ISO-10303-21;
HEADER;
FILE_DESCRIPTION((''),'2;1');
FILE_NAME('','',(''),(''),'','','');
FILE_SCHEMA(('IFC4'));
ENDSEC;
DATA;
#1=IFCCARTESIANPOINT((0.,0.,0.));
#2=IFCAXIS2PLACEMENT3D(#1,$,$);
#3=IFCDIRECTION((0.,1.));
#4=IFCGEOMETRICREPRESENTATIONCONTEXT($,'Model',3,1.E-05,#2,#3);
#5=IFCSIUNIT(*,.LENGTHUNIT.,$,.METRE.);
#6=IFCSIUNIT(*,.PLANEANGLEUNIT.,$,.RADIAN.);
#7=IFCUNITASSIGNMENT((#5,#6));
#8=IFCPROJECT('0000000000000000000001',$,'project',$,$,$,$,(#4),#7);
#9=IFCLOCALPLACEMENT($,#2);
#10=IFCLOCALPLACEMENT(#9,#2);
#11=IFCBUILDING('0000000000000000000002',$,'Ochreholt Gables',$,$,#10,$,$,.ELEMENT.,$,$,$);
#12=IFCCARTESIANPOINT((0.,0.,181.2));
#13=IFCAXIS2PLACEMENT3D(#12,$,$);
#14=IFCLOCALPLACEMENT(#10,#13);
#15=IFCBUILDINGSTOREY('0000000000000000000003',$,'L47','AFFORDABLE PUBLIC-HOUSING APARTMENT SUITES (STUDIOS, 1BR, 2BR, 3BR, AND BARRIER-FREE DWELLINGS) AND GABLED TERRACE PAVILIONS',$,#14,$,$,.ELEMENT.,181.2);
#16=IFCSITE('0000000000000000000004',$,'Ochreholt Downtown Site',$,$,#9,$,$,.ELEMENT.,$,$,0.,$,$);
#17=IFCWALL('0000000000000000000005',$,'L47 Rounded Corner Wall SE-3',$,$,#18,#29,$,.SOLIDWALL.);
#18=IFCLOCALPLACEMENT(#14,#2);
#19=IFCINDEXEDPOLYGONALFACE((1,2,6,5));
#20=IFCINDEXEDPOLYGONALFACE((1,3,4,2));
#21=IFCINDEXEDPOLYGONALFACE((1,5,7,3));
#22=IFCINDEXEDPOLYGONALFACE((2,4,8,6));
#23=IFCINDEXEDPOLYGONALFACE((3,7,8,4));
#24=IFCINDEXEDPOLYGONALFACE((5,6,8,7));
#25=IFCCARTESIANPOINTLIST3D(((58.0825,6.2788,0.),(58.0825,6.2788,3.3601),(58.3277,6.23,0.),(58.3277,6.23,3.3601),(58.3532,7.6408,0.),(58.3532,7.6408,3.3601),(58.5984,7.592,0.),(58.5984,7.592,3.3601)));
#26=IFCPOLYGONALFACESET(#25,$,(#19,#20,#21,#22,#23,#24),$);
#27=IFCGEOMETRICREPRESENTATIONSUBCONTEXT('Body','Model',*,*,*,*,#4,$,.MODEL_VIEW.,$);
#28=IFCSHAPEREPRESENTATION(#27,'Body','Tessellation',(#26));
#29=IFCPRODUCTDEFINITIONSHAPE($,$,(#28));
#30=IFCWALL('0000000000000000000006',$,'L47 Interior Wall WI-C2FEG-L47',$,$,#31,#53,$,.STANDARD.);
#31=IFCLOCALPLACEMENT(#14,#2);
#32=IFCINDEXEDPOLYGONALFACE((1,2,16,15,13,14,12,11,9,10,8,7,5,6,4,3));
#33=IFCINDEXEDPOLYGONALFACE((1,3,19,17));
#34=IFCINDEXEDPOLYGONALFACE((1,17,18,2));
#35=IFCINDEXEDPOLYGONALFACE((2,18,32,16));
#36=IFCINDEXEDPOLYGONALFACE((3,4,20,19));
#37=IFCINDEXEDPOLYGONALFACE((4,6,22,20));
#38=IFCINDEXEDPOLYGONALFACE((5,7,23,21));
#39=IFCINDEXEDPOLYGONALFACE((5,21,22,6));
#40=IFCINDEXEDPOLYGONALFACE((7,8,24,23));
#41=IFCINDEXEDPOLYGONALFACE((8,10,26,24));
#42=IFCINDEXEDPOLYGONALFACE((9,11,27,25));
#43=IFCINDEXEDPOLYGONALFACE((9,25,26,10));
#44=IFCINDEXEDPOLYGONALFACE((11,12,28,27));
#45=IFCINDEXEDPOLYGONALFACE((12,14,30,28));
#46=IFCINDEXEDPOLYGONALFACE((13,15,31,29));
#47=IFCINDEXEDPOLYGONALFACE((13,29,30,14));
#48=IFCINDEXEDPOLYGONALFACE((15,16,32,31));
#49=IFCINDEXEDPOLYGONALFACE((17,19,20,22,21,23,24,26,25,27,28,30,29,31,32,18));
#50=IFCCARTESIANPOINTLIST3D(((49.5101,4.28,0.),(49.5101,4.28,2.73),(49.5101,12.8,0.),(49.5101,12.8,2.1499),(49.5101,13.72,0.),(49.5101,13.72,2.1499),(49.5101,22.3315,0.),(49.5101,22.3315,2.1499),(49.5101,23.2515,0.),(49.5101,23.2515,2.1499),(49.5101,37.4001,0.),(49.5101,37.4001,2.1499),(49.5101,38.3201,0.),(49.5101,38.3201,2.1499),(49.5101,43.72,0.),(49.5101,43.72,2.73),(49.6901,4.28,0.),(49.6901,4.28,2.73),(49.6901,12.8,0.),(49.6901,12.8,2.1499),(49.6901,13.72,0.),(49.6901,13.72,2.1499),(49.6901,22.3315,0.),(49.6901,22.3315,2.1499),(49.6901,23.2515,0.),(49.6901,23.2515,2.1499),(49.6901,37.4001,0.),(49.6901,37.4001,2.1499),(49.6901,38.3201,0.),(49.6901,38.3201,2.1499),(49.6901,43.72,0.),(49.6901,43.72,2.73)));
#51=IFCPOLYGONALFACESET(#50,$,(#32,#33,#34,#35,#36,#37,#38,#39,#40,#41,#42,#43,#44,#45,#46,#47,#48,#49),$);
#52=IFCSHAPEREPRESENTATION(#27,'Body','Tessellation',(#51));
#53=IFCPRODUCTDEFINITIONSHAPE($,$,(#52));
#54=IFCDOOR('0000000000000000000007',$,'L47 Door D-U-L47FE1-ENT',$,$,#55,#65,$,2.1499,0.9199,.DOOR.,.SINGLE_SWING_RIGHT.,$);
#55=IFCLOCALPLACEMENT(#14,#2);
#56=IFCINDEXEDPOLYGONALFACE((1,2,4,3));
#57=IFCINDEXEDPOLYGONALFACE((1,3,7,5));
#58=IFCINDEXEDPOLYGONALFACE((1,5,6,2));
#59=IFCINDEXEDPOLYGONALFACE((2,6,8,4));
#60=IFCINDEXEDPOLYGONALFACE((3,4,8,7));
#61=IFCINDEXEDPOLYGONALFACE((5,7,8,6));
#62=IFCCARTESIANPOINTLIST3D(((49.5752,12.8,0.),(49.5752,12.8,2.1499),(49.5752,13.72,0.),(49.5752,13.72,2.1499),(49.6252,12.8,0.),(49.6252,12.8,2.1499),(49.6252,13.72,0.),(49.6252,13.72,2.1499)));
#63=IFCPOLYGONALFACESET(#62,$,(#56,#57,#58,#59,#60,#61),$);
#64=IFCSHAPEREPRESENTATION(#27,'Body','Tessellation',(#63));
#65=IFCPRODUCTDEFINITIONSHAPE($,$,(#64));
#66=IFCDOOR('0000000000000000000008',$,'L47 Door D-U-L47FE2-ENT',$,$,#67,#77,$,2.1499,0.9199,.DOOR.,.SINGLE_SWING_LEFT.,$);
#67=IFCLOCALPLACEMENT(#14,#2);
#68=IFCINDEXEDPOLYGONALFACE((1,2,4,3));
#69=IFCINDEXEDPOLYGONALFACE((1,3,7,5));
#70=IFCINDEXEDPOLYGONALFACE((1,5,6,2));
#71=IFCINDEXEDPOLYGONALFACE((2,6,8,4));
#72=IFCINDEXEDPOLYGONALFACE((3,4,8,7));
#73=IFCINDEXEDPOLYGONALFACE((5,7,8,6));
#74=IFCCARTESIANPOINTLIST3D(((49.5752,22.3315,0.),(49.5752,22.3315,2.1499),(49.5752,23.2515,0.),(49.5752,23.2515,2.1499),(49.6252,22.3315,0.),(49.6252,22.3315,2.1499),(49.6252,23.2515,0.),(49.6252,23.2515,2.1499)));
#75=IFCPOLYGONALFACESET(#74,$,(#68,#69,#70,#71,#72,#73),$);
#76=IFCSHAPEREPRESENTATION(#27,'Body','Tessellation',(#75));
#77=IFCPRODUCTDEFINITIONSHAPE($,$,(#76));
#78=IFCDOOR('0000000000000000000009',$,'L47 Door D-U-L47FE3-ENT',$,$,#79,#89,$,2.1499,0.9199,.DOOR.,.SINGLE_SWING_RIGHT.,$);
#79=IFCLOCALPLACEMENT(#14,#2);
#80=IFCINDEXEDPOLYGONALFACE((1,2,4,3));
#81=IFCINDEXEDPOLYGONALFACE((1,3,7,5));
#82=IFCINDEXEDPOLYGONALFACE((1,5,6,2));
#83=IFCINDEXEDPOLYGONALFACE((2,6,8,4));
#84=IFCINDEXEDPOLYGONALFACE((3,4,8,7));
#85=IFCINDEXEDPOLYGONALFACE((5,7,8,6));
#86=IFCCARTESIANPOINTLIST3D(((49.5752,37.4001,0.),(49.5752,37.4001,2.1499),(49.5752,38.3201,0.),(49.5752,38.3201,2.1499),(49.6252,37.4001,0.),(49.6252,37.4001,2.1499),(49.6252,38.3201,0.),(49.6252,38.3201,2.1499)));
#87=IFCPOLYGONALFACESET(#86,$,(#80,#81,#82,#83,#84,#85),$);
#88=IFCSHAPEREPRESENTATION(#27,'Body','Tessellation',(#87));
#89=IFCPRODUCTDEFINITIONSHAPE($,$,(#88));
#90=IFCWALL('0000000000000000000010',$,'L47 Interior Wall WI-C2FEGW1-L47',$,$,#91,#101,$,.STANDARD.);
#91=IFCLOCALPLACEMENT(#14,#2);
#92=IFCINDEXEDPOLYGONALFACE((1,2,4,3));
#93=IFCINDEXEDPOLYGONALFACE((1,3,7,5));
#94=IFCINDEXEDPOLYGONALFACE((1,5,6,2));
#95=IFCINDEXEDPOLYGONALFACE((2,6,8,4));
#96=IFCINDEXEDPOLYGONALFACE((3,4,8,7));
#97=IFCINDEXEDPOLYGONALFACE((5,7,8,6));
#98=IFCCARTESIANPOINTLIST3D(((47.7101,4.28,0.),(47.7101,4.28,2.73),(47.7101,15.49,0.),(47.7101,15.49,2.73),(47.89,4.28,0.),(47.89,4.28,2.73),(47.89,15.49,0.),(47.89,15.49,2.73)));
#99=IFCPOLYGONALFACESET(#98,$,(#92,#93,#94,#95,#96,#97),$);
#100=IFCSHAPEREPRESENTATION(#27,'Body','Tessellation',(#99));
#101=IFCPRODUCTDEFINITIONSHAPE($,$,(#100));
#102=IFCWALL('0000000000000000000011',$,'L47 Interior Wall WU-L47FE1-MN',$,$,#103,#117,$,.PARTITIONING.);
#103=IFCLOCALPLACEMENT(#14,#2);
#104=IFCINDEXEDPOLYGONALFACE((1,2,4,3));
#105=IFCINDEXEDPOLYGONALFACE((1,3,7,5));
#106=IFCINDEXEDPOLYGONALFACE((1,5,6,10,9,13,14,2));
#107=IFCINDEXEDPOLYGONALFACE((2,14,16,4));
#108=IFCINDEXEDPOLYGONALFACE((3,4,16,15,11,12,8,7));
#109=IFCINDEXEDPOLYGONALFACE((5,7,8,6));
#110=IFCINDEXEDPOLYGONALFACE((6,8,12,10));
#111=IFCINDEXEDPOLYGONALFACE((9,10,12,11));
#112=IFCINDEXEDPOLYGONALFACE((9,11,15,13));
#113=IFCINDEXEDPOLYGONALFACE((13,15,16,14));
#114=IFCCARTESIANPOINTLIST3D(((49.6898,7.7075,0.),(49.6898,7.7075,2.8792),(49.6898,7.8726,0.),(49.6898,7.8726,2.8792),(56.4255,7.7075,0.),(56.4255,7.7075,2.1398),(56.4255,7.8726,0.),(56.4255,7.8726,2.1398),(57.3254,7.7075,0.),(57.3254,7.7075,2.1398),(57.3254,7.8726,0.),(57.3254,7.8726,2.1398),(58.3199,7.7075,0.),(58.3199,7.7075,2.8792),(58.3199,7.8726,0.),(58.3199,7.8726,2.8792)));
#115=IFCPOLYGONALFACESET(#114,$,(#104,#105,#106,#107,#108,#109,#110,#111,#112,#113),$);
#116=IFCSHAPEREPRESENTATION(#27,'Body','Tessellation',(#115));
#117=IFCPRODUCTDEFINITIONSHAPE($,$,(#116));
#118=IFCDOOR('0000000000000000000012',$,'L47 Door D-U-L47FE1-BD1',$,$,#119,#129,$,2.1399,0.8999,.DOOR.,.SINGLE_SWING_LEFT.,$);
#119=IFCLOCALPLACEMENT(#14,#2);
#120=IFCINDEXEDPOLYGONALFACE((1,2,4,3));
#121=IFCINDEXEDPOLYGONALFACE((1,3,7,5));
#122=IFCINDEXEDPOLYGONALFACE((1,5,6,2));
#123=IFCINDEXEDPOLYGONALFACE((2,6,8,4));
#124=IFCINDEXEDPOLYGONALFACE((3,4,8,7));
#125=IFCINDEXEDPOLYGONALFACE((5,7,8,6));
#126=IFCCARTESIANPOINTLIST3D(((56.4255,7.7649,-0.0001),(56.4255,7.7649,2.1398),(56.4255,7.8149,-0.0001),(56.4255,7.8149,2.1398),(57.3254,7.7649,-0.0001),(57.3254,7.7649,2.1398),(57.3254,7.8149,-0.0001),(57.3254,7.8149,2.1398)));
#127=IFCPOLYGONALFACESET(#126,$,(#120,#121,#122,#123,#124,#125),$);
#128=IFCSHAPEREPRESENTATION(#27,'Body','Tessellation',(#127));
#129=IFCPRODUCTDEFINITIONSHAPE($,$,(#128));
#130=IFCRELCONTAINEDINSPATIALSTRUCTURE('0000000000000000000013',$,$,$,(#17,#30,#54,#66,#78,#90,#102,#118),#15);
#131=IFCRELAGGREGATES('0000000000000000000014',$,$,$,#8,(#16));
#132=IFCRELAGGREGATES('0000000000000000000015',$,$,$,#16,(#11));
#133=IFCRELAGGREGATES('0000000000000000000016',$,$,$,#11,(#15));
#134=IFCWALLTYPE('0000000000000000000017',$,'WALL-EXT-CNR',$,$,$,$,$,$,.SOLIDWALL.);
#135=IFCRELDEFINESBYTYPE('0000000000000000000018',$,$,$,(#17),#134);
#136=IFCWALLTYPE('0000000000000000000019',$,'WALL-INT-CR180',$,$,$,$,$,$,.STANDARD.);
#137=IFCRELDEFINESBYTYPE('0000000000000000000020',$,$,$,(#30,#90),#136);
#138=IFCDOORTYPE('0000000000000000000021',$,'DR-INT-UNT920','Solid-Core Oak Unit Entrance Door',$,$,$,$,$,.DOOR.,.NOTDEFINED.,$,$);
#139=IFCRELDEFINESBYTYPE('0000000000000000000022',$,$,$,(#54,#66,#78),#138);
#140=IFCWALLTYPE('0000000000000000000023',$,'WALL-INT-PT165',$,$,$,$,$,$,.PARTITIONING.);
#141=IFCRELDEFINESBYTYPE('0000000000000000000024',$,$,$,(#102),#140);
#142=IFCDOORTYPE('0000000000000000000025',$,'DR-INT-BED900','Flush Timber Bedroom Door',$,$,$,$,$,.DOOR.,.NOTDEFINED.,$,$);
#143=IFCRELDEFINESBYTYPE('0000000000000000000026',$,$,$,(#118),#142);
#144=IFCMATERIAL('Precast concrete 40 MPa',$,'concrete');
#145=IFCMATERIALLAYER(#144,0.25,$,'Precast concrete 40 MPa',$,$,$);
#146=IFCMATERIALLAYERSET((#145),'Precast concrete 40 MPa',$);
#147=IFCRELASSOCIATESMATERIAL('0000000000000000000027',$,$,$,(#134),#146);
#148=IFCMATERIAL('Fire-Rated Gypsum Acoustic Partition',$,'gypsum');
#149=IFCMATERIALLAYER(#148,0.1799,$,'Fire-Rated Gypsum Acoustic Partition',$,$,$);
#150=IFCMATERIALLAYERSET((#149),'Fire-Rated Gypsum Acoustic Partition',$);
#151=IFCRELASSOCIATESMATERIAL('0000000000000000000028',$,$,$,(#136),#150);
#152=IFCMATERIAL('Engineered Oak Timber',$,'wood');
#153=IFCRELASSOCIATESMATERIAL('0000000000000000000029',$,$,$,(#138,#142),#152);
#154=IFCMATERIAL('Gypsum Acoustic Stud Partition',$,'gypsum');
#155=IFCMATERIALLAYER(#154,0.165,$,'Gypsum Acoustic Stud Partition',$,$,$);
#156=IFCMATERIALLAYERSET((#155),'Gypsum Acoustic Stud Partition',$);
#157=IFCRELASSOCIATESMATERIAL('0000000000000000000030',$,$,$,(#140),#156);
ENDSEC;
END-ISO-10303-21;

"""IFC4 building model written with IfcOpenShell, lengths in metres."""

from ifc_helpers import new_model, si_unit, direction, frame, frame_2d, origin, place, context, subcontext, project, spatial, rectangle, extrude, material, layer, layer_set, type_object, element, fill, save


model = new_model("IFC4")

# Units and contexts
model_context = context("Model", 3, precision=1e-05, world=origin(), true_north=direction((0.0, 1.0)))
body_context = subcontext(model_context, "Body", "Model", "MODEL_VIEW")
ifc_project = project(units=[si_unit("LENGTHUNIT", "METRE"), si_unit("PLANEANGLEUNIT", "RADIAN")], contexts=[model_context])

# Site, building, storey
site_placement = place(None, origin())
site = spatial("IfcSite", under=ifc_project, at=site_placement, Name="Ochreholt Downtown Site", CompositionType="ELEMENT", RefElevation=0.0)
building_placement = place(site_placement, origin())
building = spatial("IfcBuilding", under=site, at=building_placement, Name="Ochreholt Gables", CompositionType="ELEMENT")
storey_placement = place(building_placement, frame((0.0, 0.0, 181.2)))
storey = spatial("IfcBuildingStorey", under=building, at=storey_placement, Name="L47", Description="AFFORDABLE PUBLIC-HOUSING APARTMENT SUITES (STUDIOS, 1BR, 2BR, 3BR, AND BARRIER-FREE DWELLINGS) AND GABLED TERRACE PAVILIONS", CompositionType="ELEMENT", Elevation=181.2)

# Shared definitions
ifc_material_1 = material(Name="Precast concrete 40 MPa", Category="concrete")

# Shared definitions
ifc_layer_1 = layer(ifc_material_1, 0.25, Name="Precast concrete 40 MPa")
ifc_layer_set_1 = layer_set([ifc_layer_1], Name="Precast concrete 40 MPa")
wall_type_1 = type_object("IfcWallType", Name="WALL-EXT-CNR", PredefinedType="SOLIDWALL", material=ifc_layer_set_1)

# Wall
wall_1_placement = place(storey_placement, frame((58.2051, 6.2544, 0.0), z_axis=(0.0, 0.0, 1.0), x_axis=(0.194967, 0.98081, 0.0)))
element("IfcWall", 1, at=wall_1_placement, inside=storey, type_object=wall_type_1, Name="L47 Rounded Corner Wall SE-3", PredefinedType="SOLIDWALL", context=body_context, shape_type="SweptSolid", body=[
    extrude(rectangle(XDim=1.3887, YDim=0.25, at=frame_2d((0.6943, 0.0))), origin(), (0.0, 0.0, 1.0), 3.3601),
])

# Wall, openings, doors
ifc_material_2 = material(Name="Fire-Rated Gypsum Acoustic Partition", Category="gypsum")
ifc_layer_2 = layer(ifc_material_2, 0.1799, Name="Fire-Rated Gypsum Acoustic Partition")
ifc_layer_set_2 = layer_set([ifc_layer_2], Name="Fire-Rated Gypsum Acoustic Partition")
wall_type_2 = type_object("IfcWallType", Name="WALL-INT-CR180", PredefinedType="STANDARD", material=ifc_layer_set_2)
wall_2_placement = place(storey_placement, frame((49.6001, 4.28, 0.0), z_axis=(0.0, 0.0, 1.0), x_axis=(0.0, 1.0, 0.0)))
wall_2 = element("IfcWall", 2, at=wall_2_placement, inside=storey, type_object=wall_type_2, Name="L47 Interior Wall WI-C2FEG-L47", PredefinedType="STANDARD", context=body_context, shape_type="SweptSolid", body=[
    extrude(rectangle(XDim=39.4399, YDim=0.1799, at=frame_2d((19.72, 0.0))), origin(), (0.0, 0.0, 1.0), 2.73),
])
opening_1_placement = place(wall_2_placement, frame((8.52, 0.0, 0.0)))
opening_1 = element("IfcOpeningElement", 3, at=opening_1_placement, cuts=wall_2, PredefinedType="OPENING", context=body_context, shape_type="SweptSolid", body=[
    extrude(rectangle(XDim=0.9199, YDim=2.1499, at=frame_2d((0.46, 1.075))), frame((0.0, 0.0999, 0.0), z_axis=(0.0, -1.0, 0.0), x_axis=(1.0, 0.0, 0.0)), (0.0, 0.0, 1.0), 0.2),
])
opening_2_placement = place(wall_2_placement, frame((18.0515, 0.0, 0.0)))
opening_2 = element("IfcOpeningElement", 4, at=opening_2_placement, cuts=wall_2, PredefinedType="OPENING", context=body_context, shape_type="SweptSolid", body=[
    extrude(rectangle(XDim=0.9199, YDim=2.1499, at=frame_2d((0.46, 1.075))), frame((0.0, 0.0999, 0.0), z_axis=(0.0, -1.0, 0.0), x_axis=(1.0, 0.0, 0.0)), (0.0, 0.0, 1.0), 0.2),
])
opening_3_placement = place(wall_2_placement, frame((33.1201, 0.0, 0.0)))
opening_3 = element("IfcOpeningElement", 5, at=opening_3_placement, cuts=wall_2, PredefinedType="OPENING", context=body_context, shape_type="SweptSolid", body=[
    extrude(rectangle(XDim=0.9199, YDim=2.1499, at=frame_2d((0.46, 1.075))), frame((0.0, 0.0999, 0.0), z_axis=(0.0, -1.0, 0.0), x_axis=(1.0, 0.0, 0.0)), (0.0, 0.0, 1.0), 0.2),
])
ifc_material_3 = material(Name="Engineered Oak Timber", Category="wood")
door_type_1 = type_object("IfcDoorType", Name="DR-INT-UNT920", Description="Solid-Core Oak Unit Entrance Door", OperationType="NOTDEFINED", PredefinedType="DOOR", material=ifc_material_3)
door_1_placement = place(opening_1_placement, origin())
door_1 = element("IfcDoor", 6, at=door_1_placement, inside=storey, type_object=door_type_1, Name="L47 Door D-U-L47FE1-ENT", OperationType="SINGLE_SWING_RIGHT", OverallHeight=2.1499, OverallWidth=0.9199, PredefinedType="DOOR", context=body_context, shape_type="SweptSolid", body=[
    extrude(rectangle(XDim=0.9199, YDim=2.1499, at=frame_2d((0.46, 1.075))), frame((0.0, 0.0249, 0.0), z_axis=(0.0, -1.0, 0.0), x_axis=(1.0, 0.0, 0.0)), (0.0, 0.0, 1.0), 0.05),
])
fill(opening_1, door_1)
door_2_placement = place(opening_2_placement, origin())
door_2 = element("IfcDoor", 7, at=door_2_placement, inside=storey, type_object=door_type_1, Name="L47 Door D-U-L47FE2-ENT", OperationType="SINGLE_SWING_LEFT", OverallHeight=2.1499, OverallWidth=0.9199, PredefinedType="DOOR", context=body_context, shape_type="SweptSolid", body=[
    extrude(rectangle(XDim=0.9199, YDim=2.1499, at=frame_2d((0.46, 1.075))), frame((0.0, 0.0249, 0.0), z_axis=(0.0, -1.0, 0.0), x_axis=(1.0, 0.0, 0.0)), (0.0, 0.0, 1.0), 0.05),
])
fill(opening_2, door_2)
door_3_placement = place(opening_3_placement, origin())
door_3 = element("IfcDoor", 8, at=door_3_placement, inside=storey, type_object=door_type_1, Name="L47 Door D-U-L47FE3-ENT", OperationType="SINGLE_SWING_RIGHT", OverallHeight=2.1499, OverallWidth=0.9199, PredefinedType="DOOR", context=body_context, shape_type="SweptSolid", body=[
    extrude(rectangle(XDim=0.9199, YDim=2.1499, at=frame_2d((0.46, 1.075))), frame((0.0, 0.0249, 0.0), z_axis=(0.0, -1.0, 0.0), x_axis=(1.0, 0.0, 0.0)), (0.0, 0.0, 1.0), 0.05),
])
fill(opening_3, door_3)

# Wall
wall_3_placement = place(storey_placement, frame((47.8, 4.28, 0.0), z_axis=(0.0, 0.0, 1.0), x_axis=(0.0, 1.0, 0.0)))
element("IfcWall", 9, at=wall_3_placement, inside=storey, type_object=wall_type_2, Name="L47 Interior Wall WI-C2FEGW1-L47", PredefinedType="STANDARD", context=body_context, shape_type="SweptSolid", body=[
    extrude(rectangle(XDim=11.21, YDim=0.1799, at=frame_2d((5.605, 0.0))), origin(), (0.0, 0.0, 1.0), 2.73),
])

# Wall, opening, door
ifc_material_4 = material(Name="Gypsum Acoustic Stud Partition", Category="gypsum")
ifc_layer_3 = layer(ifc_material_4, 0.165, Name="Gypsum Acoustic Stud Partition")
ifc_layer_set_3 = layer_set([ifc_layer_3], Name="Gypsum Acoustic Stud Partition")
wall_type_3 = type_object("IfcWallType", Name="WALL-INT-PT165", PredefinedType="PARTITIONING", material=ifc_layer_set_3)
wall_4_placement = place(storey_placement, frame((49.6899, 7.79, 0.0), z_axis=(0.0, 0.0, 1.0), x_axis=(1.0, 0.0, 0.0)))
wall_4 = element("IfcWall", 10, at=wall_4_placement, inside=storey, type_object=wall_type_3, Name="L47 Interior Wall WU-L47FE1-MN", PredefinedType="PARTITIONING", context=body_context, shape_type="SweptSolid", body=[
    extrude(rectangle(XDim=8.6301, YDim=0.165, at=frame_2d((4.3149, 0.0))), origin(), (0.0, 0.0, 1.0), 2.8792),
])
opening_4_placement = place(wall_4_placement, frame((6.7356, 0.0, 0.0)))
opening_4 = element("IfcOpeningElement", 11, at=opening_4_placement, cuts=wall_4, PredefinedType="OPENING", context=body_context, shape_type="SweptSolid", body=[
    extrude(rectangle(XDim=0.8999, YDim=2.1399, at=frame_2d((0.45, 1.0698))), frame((0.0, 0.0925, 0.0), z_axis=(0.0, -1.0, 0.0), x_axis=(1.0, 0.0, 0.0)), (0.0, 0.0, 1.0), 0.1851),
])
door_type_2 = type_object("IfcDoorType", Name="DR-INT-BED900", Description="Flush Timber Bedroom Door", OperationType="NOTDEFINED", PredefinedType="DOOR", material=ifc_material_3)
door_4_placement = place(opening_4_placement, origin())
door_4 = element("IfcDoor", 12, at=door_4_placement, inside=storey, type_object=door_type_2, Name="L47 Door D-U-L47FE1-BD1", OperationType="SINGLE_SWING_LEFT", OverallHeight=2.1399, OverallWidth=0.8999, PredefinedType="DOOR", context=body_context, shape_type="SweptSolid", body=[
    extrude(rectangle(XDim=0.8999, YDim=2.1399, at=frame_2d((0.45, 1.0698))), frame((0.0, 0.0249, 0.0), z_axis=(0.0, -1.0, 0.0), x_axis=(1.0, 0.0, 0.0)), (0.0, 0.0, 1.0), 0.05),
])
fill(opening_4, door_4)

save(model, "model.ifc")
